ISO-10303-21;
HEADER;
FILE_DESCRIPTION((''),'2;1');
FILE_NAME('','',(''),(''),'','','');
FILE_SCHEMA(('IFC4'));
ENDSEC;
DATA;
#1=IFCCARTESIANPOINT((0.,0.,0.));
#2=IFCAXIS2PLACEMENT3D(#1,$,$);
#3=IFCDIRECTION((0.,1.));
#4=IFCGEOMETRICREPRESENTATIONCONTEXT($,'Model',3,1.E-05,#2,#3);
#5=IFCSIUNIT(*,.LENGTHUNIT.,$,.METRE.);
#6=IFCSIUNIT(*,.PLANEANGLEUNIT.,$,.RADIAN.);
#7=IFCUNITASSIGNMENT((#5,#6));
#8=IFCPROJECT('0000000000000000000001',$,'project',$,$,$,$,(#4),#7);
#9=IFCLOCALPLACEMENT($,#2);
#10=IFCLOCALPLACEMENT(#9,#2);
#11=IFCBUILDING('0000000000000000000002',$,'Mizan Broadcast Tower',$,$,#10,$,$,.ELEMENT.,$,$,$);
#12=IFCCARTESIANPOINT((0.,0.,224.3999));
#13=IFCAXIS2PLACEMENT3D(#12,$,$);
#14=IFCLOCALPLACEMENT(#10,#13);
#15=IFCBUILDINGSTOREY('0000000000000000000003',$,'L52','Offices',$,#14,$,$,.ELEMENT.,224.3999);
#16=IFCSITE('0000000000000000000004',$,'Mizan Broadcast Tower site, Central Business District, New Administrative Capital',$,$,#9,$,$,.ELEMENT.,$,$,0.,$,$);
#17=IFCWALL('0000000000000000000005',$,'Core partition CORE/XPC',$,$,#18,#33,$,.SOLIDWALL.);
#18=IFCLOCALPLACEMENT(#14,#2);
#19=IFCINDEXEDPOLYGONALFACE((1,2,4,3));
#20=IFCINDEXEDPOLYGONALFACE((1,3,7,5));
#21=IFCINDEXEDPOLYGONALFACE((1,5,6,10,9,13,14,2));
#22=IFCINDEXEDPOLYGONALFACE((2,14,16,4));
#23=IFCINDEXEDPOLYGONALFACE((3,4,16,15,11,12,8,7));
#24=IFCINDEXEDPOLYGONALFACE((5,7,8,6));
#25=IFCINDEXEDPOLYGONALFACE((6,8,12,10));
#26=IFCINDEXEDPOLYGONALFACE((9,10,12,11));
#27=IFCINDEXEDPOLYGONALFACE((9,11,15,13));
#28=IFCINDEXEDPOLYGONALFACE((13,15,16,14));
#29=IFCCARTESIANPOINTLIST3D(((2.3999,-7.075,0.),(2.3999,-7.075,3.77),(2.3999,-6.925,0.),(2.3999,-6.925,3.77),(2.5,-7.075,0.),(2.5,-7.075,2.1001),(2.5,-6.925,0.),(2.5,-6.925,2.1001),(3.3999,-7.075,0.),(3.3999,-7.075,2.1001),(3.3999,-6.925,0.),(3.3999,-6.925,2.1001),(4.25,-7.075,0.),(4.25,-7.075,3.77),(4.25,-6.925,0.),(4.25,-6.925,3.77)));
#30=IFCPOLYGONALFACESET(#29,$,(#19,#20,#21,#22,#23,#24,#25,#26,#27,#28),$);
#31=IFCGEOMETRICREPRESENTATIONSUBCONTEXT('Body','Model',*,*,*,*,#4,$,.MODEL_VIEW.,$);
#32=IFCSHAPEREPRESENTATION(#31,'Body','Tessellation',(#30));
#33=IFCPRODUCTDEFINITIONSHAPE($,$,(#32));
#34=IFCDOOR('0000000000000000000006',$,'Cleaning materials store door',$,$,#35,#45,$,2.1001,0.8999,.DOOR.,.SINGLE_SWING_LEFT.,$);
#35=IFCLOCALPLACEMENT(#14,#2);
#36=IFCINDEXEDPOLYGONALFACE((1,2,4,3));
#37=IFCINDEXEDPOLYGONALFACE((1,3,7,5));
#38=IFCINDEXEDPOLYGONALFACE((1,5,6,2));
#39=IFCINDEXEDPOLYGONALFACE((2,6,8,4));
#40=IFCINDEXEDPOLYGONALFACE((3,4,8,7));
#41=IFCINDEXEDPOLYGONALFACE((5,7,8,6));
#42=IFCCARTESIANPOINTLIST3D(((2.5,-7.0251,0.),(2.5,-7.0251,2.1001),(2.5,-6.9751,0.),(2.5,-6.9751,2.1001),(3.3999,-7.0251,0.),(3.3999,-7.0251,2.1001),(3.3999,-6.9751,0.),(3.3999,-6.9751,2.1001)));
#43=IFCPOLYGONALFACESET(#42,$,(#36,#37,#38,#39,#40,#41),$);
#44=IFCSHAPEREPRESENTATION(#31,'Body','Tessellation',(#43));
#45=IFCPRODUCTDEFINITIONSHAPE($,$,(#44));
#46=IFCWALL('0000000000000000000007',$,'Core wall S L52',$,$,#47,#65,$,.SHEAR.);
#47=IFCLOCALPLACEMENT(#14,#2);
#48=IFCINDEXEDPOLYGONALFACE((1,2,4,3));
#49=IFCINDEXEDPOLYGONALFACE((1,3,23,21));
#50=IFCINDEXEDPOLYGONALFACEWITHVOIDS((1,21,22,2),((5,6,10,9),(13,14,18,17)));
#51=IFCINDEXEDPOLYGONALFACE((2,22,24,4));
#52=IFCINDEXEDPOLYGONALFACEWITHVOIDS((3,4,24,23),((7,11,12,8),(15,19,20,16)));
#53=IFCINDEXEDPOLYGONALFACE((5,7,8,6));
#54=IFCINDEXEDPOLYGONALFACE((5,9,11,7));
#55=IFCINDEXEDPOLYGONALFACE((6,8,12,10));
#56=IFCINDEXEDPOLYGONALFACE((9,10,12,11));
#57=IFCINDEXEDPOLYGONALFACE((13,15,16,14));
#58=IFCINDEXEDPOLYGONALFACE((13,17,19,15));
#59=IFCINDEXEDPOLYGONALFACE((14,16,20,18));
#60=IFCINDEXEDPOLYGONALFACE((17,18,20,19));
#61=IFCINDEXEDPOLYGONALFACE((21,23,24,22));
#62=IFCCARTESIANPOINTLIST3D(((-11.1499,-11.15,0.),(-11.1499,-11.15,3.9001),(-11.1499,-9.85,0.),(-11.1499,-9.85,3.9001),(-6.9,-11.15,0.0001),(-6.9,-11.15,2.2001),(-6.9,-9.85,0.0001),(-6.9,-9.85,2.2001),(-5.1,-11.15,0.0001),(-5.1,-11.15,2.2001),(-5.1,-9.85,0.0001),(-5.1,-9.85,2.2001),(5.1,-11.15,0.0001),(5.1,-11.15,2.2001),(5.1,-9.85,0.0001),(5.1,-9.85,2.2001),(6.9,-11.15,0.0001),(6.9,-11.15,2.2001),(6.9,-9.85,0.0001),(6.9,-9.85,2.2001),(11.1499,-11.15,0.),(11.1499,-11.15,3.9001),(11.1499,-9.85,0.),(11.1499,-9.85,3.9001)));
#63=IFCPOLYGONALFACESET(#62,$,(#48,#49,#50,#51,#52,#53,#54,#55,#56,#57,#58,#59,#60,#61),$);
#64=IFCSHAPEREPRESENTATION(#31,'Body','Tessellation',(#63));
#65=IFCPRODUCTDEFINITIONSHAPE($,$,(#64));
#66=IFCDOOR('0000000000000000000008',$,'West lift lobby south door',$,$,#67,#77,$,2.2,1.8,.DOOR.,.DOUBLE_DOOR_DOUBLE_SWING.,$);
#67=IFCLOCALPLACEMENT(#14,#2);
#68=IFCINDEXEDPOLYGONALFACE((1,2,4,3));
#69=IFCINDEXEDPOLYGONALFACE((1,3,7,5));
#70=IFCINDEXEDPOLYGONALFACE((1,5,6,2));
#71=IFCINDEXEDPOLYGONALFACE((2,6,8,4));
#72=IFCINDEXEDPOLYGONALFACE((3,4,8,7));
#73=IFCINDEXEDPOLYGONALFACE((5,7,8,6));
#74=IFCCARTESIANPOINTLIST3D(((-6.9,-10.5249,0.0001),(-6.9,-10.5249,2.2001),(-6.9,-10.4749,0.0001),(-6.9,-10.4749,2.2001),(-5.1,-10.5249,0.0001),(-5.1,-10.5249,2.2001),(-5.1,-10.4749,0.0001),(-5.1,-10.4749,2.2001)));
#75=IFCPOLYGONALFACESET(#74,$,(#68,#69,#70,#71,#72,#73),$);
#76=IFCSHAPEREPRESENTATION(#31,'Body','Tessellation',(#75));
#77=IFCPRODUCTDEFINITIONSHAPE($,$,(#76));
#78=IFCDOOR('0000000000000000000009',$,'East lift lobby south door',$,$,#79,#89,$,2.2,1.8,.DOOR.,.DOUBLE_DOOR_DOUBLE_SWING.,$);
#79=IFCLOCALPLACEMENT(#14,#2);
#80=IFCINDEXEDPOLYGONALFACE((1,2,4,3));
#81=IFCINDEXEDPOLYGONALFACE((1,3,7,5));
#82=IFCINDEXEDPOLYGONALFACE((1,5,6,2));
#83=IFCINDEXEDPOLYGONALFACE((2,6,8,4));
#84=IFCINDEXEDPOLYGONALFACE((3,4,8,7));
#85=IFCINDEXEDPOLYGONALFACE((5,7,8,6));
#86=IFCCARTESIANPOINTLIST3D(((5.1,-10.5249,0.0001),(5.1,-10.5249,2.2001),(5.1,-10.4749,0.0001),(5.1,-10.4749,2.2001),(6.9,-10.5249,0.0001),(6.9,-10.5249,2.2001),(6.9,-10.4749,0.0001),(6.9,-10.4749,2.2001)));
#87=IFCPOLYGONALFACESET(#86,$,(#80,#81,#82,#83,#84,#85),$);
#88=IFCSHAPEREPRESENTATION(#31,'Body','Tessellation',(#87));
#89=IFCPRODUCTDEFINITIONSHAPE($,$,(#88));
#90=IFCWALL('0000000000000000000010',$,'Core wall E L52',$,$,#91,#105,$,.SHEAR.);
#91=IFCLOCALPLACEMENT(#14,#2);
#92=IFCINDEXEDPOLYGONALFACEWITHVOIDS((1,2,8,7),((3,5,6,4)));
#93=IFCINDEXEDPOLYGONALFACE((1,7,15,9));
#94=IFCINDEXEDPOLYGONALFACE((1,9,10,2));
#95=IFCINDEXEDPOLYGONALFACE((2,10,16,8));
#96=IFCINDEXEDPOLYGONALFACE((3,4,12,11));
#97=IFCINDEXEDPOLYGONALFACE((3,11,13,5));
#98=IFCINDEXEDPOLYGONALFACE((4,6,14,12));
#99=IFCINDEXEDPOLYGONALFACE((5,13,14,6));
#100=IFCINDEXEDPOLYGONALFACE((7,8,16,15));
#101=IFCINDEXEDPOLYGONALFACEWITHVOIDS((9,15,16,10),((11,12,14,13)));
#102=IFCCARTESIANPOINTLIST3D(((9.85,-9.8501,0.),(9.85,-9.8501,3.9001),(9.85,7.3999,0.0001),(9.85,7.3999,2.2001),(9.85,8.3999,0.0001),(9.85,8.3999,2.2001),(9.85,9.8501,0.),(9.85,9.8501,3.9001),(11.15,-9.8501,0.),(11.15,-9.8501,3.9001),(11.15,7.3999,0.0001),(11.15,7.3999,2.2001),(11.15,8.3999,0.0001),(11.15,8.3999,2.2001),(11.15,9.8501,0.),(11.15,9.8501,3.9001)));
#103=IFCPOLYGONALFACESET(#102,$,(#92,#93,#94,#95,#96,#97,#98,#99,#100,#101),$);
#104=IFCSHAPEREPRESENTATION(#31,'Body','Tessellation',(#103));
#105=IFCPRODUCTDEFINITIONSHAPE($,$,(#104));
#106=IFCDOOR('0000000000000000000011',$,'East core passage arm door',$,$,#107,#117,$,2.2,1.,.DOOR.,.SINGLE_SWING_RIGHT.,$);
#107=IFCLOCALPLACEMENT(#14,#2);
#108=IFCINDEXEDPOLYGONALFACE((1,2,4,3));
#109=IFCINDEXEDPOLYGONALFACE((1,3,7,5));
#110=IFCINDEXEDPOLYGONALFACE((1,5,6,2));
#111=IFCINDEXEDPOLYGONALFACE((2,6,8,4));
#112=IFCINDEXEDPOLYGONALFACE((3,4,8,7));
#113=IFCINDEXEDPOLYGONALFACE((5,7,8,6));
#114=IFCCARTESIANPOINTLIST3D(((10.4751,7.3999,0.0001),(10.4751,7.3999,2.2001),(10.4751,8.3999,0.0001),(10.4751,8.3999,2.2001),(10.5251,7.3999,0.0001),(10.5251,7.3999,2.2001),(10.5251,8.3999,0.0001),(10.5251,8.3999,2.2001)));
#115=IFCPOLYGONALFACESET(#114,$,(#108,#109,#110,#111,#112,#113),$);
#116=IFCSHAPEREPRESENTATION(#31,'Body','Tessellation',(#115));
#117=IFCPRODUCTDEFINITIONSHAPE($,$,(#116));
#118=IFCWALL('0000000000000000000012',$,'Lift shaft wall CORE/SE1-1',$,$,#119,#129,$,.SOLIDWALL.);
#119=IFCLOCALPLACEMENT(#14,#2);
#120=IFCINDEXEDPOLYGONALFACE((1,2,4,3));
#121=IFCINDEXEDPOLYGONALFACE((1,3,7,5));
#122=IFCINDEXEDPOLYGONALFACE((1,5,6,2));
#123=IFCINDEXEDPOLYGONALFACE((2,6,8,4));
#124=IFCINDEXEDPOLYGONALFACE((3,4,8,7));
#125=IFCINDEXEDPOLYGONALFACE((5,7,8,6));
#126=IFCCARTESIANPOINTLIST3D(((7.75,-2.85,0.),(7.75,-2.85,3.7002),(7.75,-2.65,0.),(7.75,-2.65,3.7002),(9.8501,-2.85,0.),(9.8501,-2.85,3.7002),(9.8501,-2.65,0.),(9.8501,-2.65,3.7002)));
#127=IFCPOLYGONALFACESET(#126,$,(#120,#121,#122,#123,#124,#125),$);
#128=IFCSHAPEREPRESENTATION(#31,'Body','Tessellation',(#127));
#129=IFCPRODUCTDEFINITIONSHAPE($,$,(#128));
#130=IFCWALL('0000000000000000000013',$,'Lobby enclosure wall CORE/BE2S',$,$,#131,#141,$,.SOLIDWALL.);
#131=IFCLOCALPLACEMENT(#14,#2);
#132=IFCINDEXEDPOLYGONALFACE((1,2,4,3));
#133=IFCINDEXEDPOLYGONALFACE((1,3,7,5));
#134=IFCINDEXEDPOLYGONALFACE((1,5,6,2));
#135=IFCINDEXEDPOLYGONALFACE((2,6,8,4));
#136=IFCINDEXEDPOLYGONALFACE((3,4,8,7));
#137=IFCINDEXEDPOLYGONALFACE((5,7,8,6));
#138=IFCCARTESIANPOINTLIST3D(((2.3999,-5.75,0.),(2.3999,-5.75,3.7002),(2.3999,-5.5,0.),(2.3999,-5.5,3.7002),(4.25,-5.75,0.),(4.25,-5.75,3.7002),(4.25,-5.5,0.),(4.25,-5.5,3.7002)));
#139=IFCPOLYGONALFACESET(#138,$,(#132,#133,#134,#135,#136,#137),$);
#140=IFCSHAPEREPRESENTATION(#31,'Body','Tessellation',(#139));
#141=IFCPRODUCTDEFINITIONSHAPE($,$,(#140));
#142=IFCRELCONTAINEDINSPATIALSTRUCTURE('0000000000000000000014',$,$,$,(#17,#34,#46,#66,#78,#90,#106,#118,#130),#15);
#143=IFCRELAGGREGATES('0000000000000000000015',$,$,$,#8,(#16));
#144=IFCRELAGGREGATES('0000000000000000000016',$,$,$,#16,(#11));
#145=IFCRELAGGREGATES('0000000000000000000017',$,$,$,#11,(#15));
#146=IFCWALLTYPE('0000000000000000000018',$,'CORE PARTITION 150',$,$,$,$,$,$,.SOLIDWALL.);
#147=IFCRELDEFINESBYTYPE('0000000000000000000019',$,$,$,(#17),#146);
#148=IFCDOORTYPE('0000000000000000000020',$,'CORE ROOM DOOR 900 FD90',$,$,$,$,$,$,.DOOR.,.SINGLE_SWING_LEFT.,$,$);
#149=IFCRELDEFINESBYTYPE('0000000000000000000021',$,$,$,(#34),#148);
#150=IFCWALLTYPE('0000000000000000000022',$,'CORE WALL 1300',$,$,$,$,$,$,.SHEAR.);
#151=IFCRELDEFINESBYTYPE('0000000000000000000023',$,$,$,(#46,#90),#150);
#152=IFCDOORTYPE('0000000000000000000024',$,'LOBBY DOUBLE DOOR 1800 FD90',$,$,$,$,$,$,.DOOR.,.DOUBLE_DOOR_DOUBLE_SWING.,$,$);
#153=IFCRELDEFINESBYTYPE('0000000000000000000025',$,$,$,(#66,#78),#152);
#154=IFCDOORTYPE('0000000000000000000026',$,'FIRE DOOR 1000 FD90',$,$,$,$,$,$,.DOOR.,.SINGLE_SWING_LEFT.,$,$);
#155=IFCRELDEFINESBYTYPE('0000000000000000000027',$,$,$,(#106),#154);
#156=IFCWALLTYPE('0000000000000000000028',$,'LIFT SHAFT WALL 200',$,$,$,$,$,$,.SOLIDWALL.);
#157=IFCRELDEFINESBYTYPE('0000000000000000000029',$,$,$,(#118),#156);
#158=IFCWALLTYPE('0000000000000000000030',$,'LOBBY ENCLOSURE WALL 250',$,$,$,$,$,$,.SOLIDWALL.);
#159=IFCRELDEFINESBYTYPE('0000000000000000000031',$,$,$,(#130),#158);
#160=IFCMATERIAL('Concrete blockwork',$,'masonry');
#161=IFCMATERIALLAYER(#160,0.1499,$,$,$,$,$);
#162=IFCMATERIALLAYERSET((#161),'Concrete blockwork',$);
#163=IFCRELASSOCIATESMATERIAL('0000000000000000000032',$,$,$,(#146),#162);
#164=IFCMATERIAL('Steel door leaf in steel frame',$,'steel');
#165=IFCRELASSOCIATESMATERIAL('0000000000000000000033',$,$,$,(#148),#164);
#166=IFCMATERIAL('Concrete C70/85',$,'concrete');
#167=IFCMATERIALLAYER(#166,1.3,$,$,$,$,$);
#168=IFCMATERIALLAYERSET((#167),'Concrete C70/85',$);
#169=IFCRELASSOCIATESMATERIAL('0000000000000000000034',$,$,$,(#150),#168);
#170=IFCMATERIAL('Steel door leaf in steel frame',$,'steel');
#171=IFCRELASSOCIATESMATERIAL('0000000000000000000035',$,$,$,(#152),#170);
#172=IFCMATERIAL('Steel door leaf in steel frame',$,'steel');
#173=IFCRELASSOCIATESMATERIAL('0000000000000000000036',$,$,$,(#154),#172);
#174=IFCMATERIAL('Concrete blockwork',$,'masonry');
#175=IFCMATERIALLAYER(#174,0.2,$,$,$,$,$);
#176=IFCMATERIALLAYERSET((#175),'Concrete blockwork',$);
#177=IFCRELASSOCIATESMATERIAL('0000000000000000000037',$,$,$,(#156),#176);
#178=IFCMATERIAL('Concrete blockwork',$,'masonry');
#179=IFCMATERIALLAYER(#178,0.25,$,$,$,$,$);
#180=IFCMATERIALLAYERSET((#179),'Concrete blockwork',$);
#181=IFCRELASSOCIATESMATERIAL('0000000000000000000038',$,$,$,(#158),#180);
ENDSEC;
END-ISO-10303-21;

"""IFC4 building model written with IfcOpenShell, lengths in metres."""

from ifc_helpers import new_model, si_unit, direction, frame, frame_2d, origin, place, context, subcontext, project, spatial, rectangle, extrude, material, layer, layer_set, type_object, element, fill, save


model = new_model("IFC4")

# Units and contexts
model_context = context("Model", 3, precision=1e-05, world=origin(), true_north=direction((0.0, 1.0)))
body_context = subcontext(model_context, "Body", "Model", "MODEL_VIEW")
ifc_project = project(units=[si_unit("LENGTHUNIT", "METRE"), si_unit("PLANEANGLEUNIT", "RADIAN")], contexts=[model_context])

# Site, building, storey
site_placement = place(None, origin())
site = spatial("IfcSite", under=ifc_project, at=site_placement, Name="Mizan Broadcast Tower site, Central Business District, New Administrative Capital", CompositionType="ELEMENT", RefElevation=0.0)
building_placement = place(site_placement, origin())
building = spatial("IfcBuilding", under=site, at=building_placement, Name="Mizan Broadcast Tower", CompositionType="ELEMENT")
storey_placement = place(building_placement, frame((0.0, 0.0, 224.3999)))
storey = spatial("IfcBuildingStorey", under=building, at=storey_placement, Name="L52", Description="Offices", CompositionType="ELEMENT", Elevation=224.3999)

# Wall, opening, door
ifc_material_1 = material(Name="Concrete blockwork", Category="masonry")
ifc_layer_1 = layer(ifc_material_1, 0.1499)
ifc_layer_set_1 = layer_set([ifc_layer_1], Name="Concrete blockwork")
wall_type_1 = type_object("IfcWallType", Name="CORE PARTITION 150", PredefinedType="SOLIDWALL", material=ifc_layer_set_1)
wall_1_placement = place(storey_placement, frame((2.3999, -7.0, 0.0), z_axis=(0.0, 0.0, 1.0), x_axis=(1.0, 0.0, 0.0)))
wall_1 = element("IfcWall", 1, at=wall_1_placement, inside=storey, type_object=wall_type_1, Name="Core partition CORE/XPC", PredefinedType="SOLIDWALL", context=body_context, shape_type="SweptSolid", body=[
    extrude(rectangle(XDim=1.8501, YDim=0.1499, at=frame_2d((0.925, 0.0))), origin(), (0.0, 0.0, 1.0), 3.77),
])
opening_1_placement = place(wall_1_placement, frame((0.1001, 0.0, 0.0)))
opening_1 = element("IfcOpeningElement", 2, at=opening_1_placement, cuts=wall_1, PredefinedType="OPENING", context=body_context, shape_type="SweptSolid", body=[
    extrude(rectangle(XDim=0.8999, YDim=2.1001, at=frame_2d((0.45, 1.05))), frame((0.0, 0.085, 0.0), z_axis=(0.0, -1.0, 0.0), x_axis=(1.0, 0.0, 0.0)), (0.0, 0.0, 1.0), 0.1699),
])
ifc_material_2 = material(Name="Steel door leaf in steel frame", Category="steel")
door_type_1 = type_object("IfcDoorType", Name="CORE ROOM DOOR 900 FD90", OperationType="SINGLE_SWING_LEFT", PredefinedType="DOOR", material=ifc_material_2)
door_1_placement = place(opening_1_placement, origin())
door_1 = element("IfcDoor", 3, at=door_1_placement, inside=storey, type_object=door_type_1, Name="Cleaning materials store door", OperationType="SINGLE_SWING_LEFT", OverallHeight=2.1001, OverallWidth=0.8999, PredefinedType="DOOR", context=body_context, shape_type="SweptSolid", body=[
    extrude(rectangle(XDim=0.8999, YDim=2.1001, at=frame_2d((0.45, 1.05))), frame((0.0, 0.0249, 0.0), z_axis=(0.0, -1.0, 0.0), x_axis=(1.0, 0.0, 0.0)), (0.0, 0.0, 1.0), 0.05),
])
fill(opening_1, door_1)

# Wall, openings, doors
ifc_material_3 = material(Name="Concrete C70/85", Category="concrete")
ifc_layer_2 = layer(ifc_material_3, 1.3)
ifc_layer_set_2 = layer_set([ifc_layer_2], Name="Concrete C70/85")
wall_type_2 = type_object("IfcWallType", Name="CORE WALL 1300", PredefinedType="SHEAR", material=ifc_layer_set_2)
wall_2_placement = place(storey_placement, frame((11.1499, -10.5, 0.0), z_axis=(0.0, 0.0, 1.0), x_axis=(-1.0, 0.0, 0.0)))
wall_2 = element("IfcWall", 4, at=wall_2_placement, inside=storey, type_object=wall_type_2, Name="Core wall S L52", PredefinedType="SHEAR", context=body_context, shape_type="SweptSolid", body=[
    extrude(rectangle(XDim=22.2998, YDim=1.3, at=frame_2d((11.1499, 0.0))), origin(), (0.0, 0.0, 1.0), 3.9001),
])
opening_2_placement = place(wall_2_placement, frame((16.25, 0.0, 0.0)))
opening_2 = element("IfcOpeningElement", 5, at=opening_2_placement, cuts=wall_2, PredefinedType="OPENING", context=body_context, shape_type="SweptSolid", body=[
    extrude(rectangle(XDim=1.8, YDim=2.2, at=frame_2d((0.8999, 1.1001))), frame((0.0, 0.6599, 0.0), z_axis=(0.0, -1.0, 0.0), x_axis=(1.0, 0.0, 0.0)), (0.0, 0.0, 1.0), 1.3201),
])
opening_3_placement = place(wall_2_placement, frame((4.25, 0.0, 0.0)))
opening_3 = element("IfcOpeningElement", 6, at=opening_3_placement, cuts=wall_2, PredefinedType="OPENING", context=body_context, shape_type="SweptSolid", body=[
    extrude(rectangle(XDim=1.8, YDim=2.2, at=frame_2d((0.8999, 1.1001))), frame((0.0, 0.6599, 0.0), z_axis=(0.0, -1.0, 0.0), x_axis=(1.0, 0.0, 0.0)), (0.0, 0.0, 1.0), 1.3201),
])
ifc_material_4 = material(Name="Steel door leaf in steel frame", Category="steel")
door_type_2 = type_object("IfcDoorType", Name="LOBBY DOUBLE DOOR 1800 FD90", OperationType="DOUBLE_DOOR_DOUBLE_SWING", PredefinedType="DOOR", material=ifc_material_4)
door_2_placement = place(opening_2_placement, origin())
door_2 = element("IfcDoor", 7, at=door_2_placement, inside=storey, type_object=door_type_2, Name="West lift lobby south door", OperationType="DOUBLE_DOOR_DOUBLE_SWING", OverallHeight=2.2, OverallWidth=1.8, PredefinedType="DOOR", context=body_context, shape_type="SweptSolid", body=[
    extrude(rectangle(XDim=1.8, YDim=2.2, at=frame_2d((0.8999, 1.1001))), frame((0.0, 0.0249, 0.0), z_axis=(0.0, -1.0, 0.0), x_axis=(1.0, 0.0, 0.0)), (0.0, 0.0, 1.0), 0.05),
])
fill(opening_2, door_2)
door_3_placement = place(opening_3_placement, origin())
door_3 = element("IfcDoor", 8, at=door_3_placement, inside=storey, type_object=door_type_2, Name="East lift lobby south door", OperationType="DOUBLE_DOOR_DOUBLE_SWING", OverallHeight=2.2, OverallWidth=1.8, PredefinedType="DOOR", context=body_context, shape_type="SweptSolid", body=[
    extrude(rectangle(XDim=1.8, YDim=2.2, at=frame_2d((0.8999, 1.1001))), frame((0.0, 0.0249, 0.0), z_axis=(0.0, -1.0, 0.0), x_axis=(1.0, 0.0, 0.0)), (0.0, 0.0, 1.0), 0.05),
])
fill(opening_3, door_3)

# Wall, opening, door
wall_3_placement = place(storey_placement, frame((10.5, -9.8501, 0.0), z_axis=(0.0, 0.0, 1.0), x_axis=(0.0, 1.0, 0.0)))
wall_3 = element("IfcWall", 9, at=wall_3_placement, inside=storey, type_object=wall_type_2, Name="Core wall E L52", PredefinedType="SHEAR", context=body_context, shape_type="SweptSolid", body=[
    extrude(rectangle(XDim=19.7002, YDim=1.3, at=frame_2d((9.8501, 0.0))), origin(), (0.0, 0.0, 1.0), 3.9001),
])
opening_4_placement = place(wall_3_placement, frame((17.25, 0.0, 0.0)))
opening_4 = element("IfcOpeningElement", 10, at=opening_4_placement, cuts=wall_3, PredefinedType="OPENING", context=body_context, shape_type="SweptSolid", body=[
    extrude(rectangle(XDim=1.0, YDim=2.2, at=frame_2d((0.5, 1.1001))), frame((0.0, 0.6599, 0.0), z_axis=(0.0, -1.0, 0.0), x_axis=(1.0, 0.0, 0.0)), (0.0, 0.0, 1.0), 1.3201),
])
ifc_material_5 = material(Name="Steel door leaf in steel frame", Category="steel")
door_type_3 = type_object("IfcDoorType", Name="FIRE DOOR 1000 FD90", OperationType="SINGLE_SWING_LEFT", PredefinedType="DOOR", material=ifc_material_5)
door_4_placement = place(opening_4_placement, origin())
door_4 = element("IfcDoor", 11, at=door_4_placement, inside=storey, type_object=door_type_3, Name="East core passage arm door", OperationType="SINGLE_SWING_RIGHT", OverallHeight=2.2, OverallWidth=1.0, PredefinedType="DOOR", context=body_context, shape_type="SweptSolid", body=[
    extrude(rectangle(XDim=1.0, YDim=2.2, at=frame_2d((0.5, 1.1001))), frame((0.0, 0.0249, 0.0), z_axis=(0.0, -1.0, 0.0), x_axis=(1.0, 0.0, 0.0)), (0.0, 0.0, 1.0), 0.05),
])
fill(opening_4, door_4)

# Walls
ifc_material_6 = material(Name="Concrete blockwork", Category="masonry")
ifc_layer_3 = layer(ifc_material_6, 0.2)
ifc_layer_set_3 = layer_set([ifc_layer_3], Name="Concrete blockwork")
wall_type_3 = type_object("IfcWallType", Name="LIFT SHAFT WALL 200", PredefinedType="SOLIDWALL", material=ifc_layer_set_3)
wall_4_placement = place(storey_placement, frame((7.75, -2.75, 0.0), z_axis=(0.0, 0.0, 1.0), x_axis=(1.0, 0.0, 0.0)))
element("IfcWall", 12, at=wall_4_placement, inside=storey, type_object=wall_type_3, Name="Lift shaft wall CORE/SE1-1", PredefinedType="SOLIDWALL", context=body_context, shape_type="SweptSolid", body=[
    extrude(rectangle(XDim=2.1001, YDim=0.2, at=frame_2d((1.05, 0.0))), origin(), (0.0, 0.0, 1.0), 3.7002),
])
ifc_material_7 = material(Name="Concrete blockwork", Category="masonry")
ifc_layer_4 = layer(ifc_material_7, 0.25)
ifc_layer_set_4 = layer_set([ifc_layer_4], Name="Concrete blockwork")
wall_type_4 = type_object("IfcWallType", Name="LOBBY ENCLOSURE WALL 250", PredefinedType="SOLIDWALL", material=ifc_layer_set_4)
wall_5_placement = place(storey_placement, frame((2.3999, -5.625, 0.0), z_axis=(0.0, 0.0, 1.0), x_axis=(1.0, 0.0, 0.0)))
element("IfcWall", 13, at=wall_5_placement, inside=storey, type_object=wall_type_4, Name="Lobby enclosure wall CORE/BE2S", PredefinedType="SOLIDWALL", context=body_context, shape_type="SweptSolid", body=[
    extrude(rectangle(XDim=1.8501, YDim=0.25, at=frame_2d((0.925, 0.0))), origin(), (0.0, 0.0, 1.0), 3.7002),
])

save(model, "model.ifc")
